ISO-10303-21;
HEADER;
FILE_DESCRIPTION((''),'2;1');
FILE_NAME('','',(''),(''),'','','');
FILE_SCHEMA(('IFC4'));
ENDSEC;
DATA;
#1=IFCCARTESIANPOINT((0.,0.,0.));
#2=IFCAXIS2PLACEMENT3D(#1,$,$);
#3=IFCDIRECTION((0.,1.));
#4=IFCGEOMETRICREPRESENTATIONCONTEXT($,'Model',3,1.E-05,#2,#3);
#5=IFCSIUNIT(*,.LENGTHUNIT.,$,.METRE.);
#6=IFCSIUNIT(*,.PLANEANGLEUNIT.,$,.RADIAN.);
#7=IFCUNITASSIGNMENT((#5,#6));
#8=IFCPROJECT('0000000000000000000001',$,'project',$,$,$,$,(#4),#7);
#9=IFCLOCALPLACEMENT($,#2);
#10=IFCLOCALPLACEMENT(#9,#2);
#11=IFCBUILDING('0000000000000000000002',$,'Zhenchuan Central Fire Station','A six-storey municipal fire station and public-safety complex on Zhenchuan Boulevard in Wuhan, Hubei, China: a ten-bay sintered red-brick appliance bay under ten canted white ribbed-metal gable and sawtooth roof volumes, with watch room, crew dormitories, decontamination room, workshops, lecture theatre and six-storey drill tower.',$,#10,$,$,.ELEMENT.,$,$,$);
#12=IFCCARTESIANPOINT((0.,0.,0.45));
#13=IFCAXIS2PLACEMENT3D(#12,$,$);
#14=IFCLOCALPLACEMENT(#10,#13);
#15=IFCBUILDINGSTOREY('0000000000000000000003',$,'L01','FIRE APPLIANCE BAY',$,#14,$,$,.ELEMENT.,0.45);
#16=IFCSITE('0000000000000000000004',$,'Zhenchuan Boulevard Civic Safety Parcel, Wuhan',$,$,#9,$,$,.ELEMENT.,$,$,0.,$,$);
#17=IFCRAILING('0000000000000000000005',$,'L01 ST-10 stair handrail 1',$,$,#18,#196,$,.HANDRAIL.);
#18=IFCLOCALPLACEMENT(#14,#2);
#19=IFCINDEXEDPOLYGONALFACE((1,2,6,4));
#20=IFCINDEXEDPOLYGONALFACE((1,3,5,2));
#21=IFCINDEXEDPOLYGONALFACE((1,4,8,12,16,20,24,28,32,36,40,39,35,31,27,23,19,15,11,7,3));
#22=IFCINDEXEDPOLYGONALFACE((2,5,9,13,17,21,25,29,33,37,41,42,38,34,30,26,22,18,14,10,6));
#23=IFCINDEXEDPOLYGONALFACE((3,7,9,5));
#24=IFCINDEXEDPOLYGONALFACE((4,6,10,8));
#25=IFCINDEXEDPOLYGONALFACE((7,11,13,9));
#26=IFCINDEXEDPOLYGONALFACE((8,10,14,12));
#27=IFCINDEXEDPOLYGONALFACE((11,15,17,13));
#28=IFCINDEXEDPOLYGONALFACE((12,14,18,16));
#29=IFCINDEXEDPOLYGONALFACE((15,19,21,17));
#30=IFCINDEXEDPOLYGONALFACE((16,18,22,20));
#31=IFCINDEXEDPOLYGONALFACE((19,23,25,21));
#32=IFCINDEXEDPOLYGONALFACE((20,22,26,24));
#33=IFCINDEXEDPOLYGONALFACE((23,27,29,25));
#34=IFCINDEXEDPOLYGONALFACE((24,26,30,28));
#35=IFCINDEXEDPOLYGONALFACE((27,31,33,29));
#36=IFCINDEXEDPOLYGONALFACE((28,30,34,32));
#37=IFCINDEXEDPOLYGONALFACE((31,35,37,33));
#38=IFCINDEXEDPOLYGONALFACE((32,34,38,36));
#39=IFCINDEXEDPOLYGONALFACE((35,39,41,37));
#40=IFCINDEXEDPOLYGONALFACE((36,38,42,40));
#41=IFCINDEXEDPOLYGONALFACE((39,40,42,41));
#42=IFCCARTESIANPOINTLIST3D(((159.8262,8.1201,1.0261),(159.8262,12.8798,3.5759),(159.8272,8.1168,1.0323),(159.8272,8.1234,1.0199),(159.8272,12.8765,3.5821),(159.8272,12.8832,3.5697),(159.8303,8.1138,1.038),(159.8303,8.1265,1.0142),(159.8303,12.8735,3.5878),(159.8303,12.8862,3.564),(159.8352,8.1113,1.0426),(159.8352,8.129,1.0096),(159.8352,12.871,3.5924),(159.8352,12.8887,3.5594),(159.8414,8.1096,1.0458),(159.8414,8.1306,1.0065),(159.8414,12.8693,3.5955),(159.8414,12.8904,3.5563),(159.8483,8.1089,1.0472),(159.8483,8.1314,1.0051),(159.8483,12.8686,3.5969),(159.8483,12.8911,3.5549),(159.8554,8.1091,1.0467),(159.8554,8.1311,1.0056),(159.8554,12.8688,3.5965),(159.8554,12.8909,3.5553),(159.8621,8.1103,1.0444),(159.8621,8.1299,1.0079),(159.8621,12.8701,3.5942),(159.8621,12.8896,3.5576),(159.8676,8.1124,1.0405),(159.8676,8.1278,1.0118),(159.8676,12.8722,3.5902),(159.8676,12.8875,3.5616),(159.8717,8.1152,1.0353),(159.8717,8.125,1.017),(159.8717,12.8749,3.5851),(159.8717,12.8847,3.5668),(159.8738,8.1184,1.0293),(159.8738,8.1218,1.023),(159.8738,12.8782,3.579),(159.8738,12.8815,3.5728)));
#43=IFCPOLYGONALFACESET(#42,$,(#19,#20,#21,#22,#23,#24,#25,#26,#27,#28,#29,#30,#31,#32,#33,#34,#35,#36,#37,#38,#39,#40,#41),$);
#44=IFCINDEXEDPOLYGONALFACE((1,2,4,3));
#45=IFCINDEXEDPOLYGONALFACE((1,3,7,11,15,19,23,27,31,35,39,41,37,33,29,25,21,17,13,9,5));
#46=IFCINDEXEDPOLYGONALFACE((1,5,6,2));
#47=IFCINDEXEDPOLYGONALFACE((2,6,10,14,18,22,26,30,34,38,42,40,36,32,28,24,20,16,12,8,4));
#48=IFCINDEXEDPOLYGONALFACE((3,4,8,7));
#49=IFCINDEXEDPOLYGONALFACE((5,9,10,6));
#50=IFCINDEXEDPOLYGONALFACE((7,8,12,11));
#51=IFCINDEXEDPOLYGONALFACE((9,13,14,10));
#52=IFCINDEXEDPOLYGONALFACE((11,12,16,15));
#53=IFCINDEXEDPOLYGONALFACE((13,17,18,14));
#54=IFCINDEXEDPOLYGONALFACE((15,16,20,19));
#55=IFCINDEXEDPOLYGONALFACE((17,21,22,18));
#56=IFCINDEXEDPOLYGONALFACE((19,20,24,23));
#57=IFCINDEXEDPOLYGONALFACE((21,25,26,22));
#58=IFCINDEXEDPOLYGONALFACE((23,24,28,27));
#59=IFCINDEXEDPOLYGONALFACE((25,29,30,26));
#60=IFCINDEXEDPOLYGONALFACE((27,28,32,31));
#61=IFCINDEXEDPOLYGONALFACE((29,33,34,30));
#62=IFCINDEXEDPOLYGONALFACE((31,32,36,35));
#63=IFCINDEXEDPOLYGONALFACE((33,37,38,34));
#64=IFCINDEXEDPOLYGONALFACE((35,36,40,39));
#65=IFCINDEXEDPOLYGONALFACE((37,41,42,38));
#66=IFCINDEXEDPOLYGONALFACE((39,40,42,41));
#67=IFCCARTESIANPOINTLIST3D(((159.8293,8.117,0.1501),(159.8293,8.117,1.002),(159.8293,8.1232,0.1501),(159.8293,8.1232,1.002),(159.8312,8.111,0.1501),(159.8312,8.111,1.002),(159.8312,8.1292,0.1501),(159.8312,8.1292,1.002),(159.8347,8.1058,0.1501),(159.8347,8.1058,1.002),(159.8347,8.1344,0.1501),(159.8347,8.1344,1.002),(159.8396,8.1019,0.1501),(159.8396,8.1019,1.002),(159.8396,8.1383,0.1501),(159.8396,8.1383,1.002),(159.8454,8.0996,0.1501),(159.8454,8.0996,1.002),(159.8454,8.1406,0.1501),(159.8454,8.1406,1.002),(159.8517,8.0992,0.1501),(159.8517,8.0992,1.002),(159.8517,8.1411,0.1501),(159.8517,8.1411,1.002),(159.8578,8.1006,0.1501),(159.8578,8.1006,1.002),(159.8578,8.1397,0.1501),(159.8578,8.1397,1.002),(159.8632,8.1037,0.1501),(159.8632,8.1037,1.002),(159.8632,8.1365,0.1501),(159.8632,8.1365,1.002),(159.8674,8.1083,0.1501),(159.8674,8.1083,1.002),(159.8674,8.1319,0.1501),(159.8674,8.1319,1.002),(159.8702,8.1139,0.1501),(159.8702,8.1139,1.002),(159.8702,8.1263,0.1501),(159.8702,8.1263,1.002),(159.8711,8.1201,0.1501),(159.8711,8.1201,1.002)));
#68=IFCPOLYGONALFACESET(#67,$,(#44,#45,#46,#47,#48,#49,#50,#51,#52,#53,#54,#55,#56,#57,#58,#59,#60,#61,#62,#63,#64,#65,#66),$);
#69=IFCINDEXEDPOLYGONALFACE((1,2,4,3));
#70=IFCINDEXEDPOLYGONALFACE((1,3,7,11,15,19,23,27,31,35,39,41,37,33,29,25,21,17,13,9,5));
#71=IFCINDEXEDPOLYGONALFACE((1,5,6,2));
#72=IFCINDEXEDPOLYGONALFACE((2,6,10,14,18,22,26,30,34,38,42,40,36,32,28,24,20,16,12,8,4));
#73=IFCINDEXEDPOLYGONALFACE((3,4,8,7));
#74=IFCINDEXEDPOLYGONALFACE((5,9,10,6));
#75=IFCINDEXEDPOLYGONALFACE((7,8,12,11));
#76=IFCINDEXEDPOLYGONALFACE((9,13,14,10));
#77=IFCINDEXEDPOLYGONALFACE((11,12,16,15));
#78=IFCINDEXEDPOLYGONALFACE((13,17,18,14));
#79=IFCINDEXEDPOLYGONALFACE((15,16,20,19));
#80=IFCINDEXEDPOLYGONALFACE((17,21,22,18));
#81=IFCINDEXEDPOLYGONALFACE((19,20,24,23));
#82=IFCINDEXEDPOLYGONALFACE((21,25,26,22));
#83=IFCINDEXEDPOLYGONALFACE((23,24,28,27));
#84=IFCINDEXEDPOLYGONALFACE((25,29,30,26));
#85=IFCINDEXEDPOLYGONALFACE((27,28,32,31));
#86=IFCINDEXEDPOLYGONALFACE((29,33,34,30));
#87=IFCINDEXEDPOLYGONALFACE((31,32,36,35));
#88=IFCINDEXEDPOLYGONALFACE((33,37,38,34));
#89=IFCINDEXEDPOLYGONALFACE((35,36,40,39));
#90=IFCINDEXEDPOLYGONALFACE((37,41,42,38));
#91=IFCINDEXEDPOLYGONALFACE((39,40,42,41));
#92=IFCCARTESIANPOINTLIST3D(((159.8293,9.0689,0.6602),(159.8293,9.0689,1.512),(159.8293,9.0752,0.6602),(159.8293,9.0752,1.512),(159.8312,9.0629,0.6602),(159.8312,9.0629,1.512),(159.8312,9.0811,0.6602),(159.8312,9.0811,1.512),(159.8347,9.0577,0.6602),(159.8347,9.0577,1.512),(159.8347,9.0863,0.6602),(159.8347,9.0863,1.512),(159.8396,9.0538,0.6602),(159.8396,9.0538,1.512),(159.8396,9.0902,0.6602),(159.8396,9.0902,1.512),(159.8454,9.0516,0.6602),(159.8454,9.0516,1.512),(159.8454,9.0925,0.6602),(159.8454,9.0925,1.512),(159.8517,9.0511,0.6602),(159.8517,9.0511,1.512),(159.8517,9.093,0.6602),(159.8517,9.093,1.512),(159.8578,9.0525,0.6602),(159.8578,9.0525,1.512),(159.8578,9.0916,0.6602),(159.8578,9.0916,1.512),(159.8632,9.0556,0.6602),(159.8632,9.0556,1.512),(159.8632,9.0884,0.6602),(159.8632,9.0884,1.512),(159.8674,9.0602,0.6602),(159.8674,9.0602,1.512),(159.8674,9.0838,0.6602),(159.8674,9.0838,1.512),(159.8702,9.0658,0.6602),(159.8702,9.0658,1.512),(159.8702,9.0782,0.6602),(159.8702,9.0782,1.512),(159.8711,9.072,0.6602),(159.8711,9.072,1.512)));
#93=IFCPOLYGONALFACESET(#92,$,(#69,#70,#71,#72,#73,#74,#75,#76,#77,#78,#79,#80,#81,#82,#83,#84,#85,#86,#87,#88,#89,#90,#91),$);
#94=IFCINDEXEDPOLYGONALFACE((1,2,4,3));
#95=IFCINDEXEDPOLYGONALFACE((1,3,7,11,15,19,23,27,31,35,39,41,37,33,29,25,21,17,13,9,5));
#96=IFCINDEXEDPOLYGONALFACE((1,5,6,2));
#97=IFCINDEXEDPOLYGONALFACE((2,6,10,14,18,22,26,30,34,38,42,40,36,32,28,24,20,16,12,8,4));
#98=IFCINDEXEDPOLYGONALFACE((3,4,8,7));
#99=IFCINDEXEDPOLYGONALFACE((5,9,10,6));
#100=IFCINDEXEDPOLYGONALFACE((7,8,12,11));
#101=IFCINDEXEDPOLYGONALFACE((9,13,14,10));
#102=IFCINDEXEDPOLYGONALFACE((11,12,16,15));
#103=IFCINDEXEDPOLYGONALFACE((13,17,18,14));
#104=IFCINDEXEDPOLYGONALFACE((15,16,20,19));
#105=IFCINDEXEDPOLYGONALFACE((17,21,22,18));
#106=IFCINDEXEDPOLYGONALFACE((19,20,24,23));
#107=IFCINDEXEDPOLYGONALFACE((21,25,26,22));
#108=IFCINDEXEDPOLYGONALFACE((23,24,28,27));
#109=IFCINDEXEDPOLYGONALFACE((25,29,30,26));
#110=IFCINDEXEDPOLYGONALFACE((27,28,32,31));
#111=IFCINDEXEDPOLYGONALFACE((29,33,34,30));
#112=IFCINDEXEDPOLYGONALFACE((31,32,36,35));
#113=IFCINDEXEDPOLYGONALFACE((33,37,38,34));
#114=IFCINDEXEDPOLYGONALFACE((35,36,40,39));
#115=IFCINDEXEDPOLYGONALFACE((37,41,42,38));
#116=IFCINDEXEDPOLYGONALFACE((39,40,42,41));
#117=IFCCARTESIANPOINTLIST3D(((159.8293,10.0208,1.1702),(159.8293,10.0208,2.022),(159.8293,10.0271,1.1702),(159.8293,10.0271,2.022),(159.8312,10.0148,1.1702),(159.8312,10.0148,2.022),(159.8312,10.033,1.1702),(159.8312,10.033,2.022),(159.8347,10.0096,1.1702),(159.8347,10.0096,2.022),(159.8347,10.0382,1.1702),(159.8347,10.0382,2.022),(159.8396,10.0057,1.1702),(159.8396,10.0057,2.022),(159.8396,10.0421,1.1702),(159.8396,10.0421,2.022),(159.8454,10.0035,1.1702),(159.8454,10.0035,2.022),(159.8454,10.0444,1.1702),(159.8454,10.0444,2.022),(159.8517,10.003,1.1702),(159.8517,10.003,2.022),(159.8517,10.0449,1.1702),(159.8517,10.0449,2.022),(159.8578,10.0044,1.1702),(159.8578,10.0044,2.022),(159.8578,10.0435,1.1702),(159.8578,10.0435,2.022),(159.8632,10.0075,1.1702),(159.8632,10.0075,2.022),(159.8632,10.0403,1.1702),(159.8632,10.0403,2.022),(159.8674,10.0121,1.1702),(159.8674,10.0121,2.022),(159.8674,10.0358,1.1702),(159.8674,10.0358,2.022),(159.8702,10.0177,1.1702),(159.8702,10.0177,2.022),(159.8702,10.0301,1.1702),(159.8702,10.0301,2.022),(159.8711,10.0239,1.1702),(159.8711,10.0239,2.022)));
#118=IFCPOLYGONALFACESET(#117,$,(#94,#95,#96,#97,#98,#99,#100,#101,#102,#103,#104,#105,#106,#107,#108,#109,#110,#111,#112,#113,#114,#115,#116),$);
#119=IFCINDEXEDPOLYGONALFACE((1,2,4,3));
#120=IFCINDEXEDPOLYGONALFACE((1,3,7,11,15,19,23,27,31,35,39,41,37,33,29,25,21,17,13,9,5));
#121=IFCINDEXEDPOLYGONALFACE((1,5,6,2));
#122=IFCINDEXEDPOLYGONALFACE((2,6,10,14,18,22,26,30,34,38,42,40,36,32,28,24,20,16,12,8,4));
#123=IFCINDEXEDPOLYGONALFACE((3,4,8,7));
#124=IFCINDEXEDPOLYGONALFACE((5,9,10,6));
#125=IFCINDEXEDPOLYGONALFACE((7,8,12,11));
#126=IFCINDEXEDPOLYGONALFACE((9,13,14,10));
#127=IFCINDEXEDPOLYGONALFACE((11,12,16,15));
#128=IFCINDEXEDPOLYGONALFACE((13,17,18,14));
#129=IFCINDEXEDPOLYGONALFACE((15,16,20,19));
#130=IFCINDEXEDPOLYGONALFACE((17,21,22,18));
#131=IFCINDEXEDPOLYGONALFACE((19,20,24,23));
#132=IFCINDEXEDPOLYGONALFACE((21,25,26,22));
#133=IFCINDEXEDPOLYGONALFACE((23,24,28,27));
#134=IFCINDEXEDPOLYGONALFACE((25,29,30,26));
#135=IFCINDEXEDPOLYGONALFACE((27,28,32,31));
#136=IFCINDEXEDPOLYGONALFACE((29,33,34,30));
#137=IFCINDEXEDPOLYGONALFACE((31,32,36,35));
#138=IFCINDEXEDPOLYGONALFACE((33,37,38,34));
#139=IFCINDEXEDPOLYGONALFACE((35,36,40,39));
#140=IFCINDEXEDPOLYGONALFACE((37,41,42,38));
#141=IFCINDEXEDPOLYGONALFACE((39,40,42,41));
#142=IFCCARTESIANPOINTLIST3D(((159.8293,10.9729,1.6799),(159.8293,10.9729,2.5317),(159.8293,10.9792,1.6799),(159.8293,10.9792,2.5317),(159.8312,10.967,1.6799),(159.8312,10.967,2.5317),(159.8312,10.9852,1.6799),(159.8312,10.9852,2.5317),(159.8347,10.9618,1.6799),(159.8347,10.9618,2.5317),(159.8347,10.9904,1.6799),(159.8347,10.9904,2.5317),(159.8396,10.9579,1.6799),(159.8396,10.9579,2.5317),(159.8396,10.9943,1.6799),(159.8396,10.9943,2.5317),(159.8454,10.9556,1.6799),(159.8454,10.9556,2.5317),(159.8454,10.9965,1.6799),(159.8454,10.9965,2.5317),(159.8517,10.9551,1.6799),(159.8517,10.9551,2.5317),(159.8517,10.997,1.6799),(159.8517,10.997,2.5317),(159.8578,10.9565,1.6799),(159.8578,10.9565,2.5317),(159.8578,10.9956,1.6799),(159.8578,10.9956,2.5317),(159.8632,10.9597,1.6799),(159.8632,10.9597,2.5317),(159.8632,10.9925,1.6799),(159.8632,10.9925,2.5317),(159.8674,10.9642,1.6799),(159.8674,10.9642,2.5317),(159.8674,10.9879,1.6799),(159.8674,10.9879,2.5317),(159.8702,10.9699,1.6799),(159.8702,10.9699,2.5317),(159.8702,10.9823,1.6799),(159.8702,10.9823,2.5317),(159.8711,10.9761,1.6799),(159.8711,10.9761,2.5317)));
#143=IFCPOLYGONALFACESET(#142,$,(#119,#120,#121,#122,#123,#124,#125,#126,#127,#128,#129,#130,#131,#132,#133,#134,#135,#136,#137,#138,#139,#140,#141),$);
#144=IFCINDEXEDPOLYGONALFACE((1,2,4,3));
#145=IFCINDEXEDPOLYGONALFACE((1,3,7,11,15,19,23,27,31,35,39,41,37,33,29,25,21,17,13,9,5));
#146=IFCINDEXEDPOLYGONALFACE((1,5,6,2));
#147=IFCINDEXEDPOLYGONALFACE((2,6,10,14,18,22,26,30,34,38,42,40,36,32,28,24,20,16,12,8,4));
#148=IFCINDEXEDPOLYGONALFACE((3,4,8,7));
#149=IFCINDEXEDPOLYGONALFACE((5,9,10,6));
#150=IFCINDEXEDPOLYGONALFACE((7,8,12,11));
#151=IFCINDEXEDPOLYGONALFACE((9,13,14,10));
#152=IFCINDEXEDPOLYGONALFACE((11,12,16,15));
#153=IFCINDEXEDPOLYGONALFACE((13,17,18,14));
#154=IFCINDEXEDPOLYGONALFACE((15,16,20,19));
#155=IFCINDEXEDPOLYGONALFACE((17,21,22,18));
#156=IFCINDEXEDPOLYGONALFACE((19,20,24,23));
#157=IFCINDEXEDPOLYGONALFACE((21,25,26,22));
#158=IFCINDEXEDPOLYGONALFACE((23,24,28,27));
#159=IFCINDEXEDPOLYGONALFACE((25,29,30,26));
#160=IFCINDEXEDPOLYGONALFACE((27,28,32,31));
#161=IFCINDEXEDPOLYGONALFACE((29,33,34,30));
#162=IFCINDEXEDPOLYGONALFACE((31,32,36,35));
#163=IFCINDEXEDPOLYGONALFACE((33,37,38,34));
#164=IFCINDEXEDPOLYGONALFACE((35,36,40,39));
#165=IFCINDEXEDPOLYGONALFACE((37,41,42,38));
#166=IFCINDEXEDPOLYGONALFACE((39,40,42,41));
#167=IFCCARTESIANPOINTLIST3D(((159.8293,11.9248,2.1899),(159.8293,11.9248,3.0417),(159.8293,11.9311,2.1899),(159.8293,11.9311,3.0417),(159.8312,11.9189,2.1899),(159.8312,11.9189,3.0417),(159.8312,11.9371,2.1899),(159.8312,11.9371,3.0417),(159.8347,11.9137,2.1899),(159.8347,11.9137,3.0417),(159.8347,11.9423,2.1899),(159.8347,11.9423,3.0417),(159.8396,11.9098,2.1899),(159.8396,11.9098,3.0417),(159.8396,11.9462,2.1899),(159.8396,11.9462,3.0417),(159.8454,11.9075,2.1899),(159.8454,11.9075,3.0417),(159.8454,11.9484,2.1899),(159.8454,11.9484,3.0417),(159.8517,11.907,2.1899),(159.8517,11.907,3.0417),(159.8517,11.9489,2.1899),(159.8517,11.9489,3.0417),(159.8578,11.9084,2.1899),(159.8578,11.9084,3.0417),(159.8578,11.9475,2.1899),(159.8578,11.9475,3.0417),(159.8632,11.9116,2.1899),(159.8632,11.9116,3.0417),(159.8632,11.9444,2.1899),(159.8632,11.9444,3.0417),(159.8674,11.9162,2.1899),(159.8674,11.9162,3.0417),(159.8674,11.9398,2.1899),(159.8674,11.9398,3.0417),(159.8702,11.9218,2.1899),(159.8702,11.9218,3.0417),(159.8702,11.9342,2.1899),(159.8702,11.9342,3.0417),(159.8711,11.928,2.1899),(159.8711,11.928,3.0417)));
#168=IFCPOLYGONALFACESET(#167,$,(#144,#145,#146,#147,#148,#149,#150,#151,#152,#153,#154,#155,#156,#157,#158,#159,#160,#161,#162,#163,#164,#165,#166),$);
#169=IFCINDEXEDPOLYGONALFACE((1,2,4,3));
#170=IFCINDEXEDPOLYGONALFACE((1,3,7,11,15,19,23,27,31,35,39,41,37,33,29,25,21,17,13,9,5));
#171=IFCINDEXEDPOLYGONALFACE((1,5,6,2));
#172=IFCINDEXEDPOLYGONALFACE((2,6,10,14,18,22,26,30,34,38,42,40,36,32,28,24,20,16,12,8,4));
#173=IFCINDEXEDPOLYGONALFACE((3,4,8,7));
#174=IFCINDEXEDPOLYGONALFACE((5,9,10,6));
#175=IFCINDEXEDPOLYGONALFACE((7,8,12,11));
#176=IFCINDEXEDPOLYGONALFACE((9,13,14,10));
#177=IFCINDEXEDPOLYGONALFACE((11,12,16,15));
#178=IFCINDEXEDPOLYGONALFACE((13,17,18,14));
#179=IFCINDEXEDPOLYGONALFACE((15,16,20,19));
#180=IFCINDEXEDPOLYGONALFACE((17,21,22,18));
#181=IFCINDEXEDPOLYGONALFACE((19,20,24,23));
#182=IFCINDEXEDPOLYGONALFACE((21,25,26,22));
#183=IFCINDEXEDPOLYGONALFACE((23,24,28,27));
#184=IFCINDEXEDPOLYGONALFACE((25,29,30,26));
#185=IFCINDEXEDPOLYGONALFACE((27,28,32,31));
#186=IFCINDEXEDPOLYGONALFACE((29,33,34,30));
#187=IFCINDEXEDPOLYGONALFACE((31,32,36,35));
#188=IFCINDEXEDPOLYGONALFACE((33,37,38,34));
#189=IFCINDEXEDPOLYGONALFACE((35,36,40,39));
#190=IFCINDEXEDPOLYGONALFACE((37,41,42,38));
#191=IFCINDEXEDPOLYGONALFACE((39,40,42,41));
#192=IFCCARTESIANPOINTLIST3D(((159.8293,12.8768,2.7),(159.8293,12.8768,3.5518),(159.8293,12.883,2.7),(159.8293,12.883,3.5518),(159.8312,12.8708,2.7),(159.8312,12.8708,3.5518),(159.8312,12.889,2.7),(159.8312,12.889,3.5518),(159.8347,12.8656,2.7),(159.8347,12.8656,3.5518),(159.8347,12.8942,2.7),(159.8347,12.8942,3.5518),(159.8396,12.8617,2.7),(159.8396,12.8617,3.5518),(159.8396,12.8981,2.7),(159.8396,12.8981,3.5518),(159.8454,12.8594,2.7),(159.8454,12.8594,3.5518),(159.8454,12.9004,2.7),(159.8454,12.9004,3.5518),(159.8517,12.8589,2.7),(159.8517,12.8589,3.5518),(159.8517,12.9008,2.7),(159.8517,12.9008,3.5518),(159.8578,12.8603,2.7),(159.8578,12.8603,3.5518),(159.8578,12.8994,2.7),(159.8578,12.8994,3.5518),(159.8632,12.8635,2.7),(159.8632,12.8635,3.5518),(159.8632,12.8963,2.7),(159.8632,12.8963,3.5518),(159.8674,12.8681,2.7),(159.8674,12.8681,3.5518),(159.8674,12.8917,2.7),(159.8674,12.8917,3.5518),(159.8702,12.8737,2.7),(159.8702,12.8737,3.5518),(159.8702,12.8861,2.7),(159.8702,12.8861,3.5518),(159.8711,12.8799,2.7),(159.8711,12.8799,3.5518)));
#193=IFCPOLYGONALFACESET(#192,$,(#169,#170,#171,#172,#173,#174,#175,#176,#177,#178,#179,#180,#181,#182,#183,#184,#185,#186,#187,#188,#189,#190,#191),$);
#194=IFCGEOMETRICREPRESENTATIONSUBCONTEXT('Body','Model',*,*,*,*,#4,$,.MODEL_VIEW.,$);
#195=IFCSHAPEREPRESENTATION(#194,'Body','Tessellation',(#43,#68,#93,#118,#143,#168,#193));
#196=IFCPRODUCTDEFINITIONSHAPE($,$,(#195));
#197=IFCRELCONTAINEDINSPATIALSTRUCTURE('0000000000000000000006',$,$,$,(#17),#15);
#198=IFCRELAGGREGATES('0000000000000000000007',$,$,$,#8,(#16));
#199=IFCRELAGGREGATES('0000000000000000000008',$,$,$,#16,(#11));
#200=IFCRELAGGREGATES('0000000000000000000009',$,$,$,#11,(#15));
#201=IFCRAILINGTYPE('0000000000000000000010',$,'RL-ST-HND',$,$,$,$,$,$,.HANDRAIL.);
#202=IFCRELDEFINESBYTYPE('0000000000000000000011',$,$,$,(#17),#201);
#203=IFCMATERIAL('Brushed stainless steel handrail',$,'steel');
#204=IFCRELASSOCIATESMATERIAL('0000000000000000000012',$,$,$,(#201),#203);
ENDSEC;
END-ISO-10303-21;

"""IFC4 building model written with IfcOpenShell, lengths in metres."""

from ifc_helpers import new_model, si_unit, direction, frame, origin, origin_2d, place, context, subcontext, project, spatial, circle, extrude, material, type_object, element, save


model = new_model("IFC4")

# Units and contexts
model_context = context("Model", 3, precision=1e-05, world=origin(), true_north=direction((0.0, 1.0)))
body_context = subcontext(model_context, "Body", "Model", "MODEL_VIEW")
ifc_project = project(units=[si_unit("LENGTHUNIT", "METRE"), si_unit("PLANEANGLEUNIT", "RADIAN")], contexts=[model_context])

# Site, building, storey
site_placement = place(None, origin())
site = spatial("IfcSite", under=ifc_project, at=site_placement, Name="Zhenchuan Boulevard Civic Safety Parcel, Wuhan", CompositionType="ELEMENT", RefElevation=0.0)
building_placement = place(site_placement, origin())
building = spatial("IfcBuilding", under=site, at=building_placement, Name="Zhenchuan Central Fire Station", Description="A six-storey municipal fire station and public-safety complex on Zhenchuan Boulevard in Wuhan, Hubei, China: a ten-bay sintered red-brick appliance bay under ten canted white ribbed-metal gable and sawtooth roof volumes, with watch room, crew dormitories, decontamination room, workshops, lecture theatre and six-storey drill tower.", CompositionType="ELEMENT")
storey_placement = place(building_placement, frame((0.0, 0.0, 0.45)))
storey = spatial("IfcBuildingStorey", under=building, at=storey_placement, Name="L01", Description="FIRE APPLIANCE BAY", CompositionType="ELEMENT", Elevation=0.45)

# Railing
ifc_material_1 = material(Name="Brushed stainless steel handrail", Category="steel")
railing_type_1 = type_object("IfcRailingType", Name="RL-ST-HND", PredefinedType="HANDRAIL", material=ifc_material_1)
railing_1_placement = place(storey_placement, frame((159.8501, 8.1201, 0.1501)))
element("IfcRailing", 1, at=railing_1_placement, inside=storey, type_object=railing_type_1, Name="L01 ST-10 stair handrail 1", PredefinedType="HANDRAIL", context=body_context, shape_type="SweptSolid", body=[
    extrude(circle(Radius=0.0239, at=origin_2d()), frame((0.0, 0.0, 0.876), z_axis=(0.0, 0.881485, 0.472211), x_axis=(-1.0, 0.0, 0.0)), (0.0, 0.0, 1.0), 5.3997),
    extrude(circle(Radius=0.021, at=origin_2d()), origin(), (0.0, 0.0, 1.0), 0.8518),
    extrude(circle(Radius=0.021, at=origin_2d()), frame((0.0, 0.9519, 0.51)), (0.0, 0.0, 1.0), 0.8518),
    extrude(circle(Radius=0.021, at=origin_2d()), frame((0.0, 1.9038, 1.02)), (0.0, 0.0, 1.0), 0.8518),
    extrude(circle(Radius=0.021, at=origin_2d()), frame((0.0, 2.856, 1.5298)), (0.0, 0.0, 1.0), 0.8518),
    extrude(circle(Radius=0.021, at=origin_2d()), frame((0.0, 3.8079, 2.0398)), (0.0, 0.0, 1.0), 0.8518),
    extrude(circle(Radius=0.021, at=origin_2d()), frame((0.0, 4.7598, 2.5498)), (0.0, 0.0, 1.0), 0.8518),
])

save(model, "model.ifc")
